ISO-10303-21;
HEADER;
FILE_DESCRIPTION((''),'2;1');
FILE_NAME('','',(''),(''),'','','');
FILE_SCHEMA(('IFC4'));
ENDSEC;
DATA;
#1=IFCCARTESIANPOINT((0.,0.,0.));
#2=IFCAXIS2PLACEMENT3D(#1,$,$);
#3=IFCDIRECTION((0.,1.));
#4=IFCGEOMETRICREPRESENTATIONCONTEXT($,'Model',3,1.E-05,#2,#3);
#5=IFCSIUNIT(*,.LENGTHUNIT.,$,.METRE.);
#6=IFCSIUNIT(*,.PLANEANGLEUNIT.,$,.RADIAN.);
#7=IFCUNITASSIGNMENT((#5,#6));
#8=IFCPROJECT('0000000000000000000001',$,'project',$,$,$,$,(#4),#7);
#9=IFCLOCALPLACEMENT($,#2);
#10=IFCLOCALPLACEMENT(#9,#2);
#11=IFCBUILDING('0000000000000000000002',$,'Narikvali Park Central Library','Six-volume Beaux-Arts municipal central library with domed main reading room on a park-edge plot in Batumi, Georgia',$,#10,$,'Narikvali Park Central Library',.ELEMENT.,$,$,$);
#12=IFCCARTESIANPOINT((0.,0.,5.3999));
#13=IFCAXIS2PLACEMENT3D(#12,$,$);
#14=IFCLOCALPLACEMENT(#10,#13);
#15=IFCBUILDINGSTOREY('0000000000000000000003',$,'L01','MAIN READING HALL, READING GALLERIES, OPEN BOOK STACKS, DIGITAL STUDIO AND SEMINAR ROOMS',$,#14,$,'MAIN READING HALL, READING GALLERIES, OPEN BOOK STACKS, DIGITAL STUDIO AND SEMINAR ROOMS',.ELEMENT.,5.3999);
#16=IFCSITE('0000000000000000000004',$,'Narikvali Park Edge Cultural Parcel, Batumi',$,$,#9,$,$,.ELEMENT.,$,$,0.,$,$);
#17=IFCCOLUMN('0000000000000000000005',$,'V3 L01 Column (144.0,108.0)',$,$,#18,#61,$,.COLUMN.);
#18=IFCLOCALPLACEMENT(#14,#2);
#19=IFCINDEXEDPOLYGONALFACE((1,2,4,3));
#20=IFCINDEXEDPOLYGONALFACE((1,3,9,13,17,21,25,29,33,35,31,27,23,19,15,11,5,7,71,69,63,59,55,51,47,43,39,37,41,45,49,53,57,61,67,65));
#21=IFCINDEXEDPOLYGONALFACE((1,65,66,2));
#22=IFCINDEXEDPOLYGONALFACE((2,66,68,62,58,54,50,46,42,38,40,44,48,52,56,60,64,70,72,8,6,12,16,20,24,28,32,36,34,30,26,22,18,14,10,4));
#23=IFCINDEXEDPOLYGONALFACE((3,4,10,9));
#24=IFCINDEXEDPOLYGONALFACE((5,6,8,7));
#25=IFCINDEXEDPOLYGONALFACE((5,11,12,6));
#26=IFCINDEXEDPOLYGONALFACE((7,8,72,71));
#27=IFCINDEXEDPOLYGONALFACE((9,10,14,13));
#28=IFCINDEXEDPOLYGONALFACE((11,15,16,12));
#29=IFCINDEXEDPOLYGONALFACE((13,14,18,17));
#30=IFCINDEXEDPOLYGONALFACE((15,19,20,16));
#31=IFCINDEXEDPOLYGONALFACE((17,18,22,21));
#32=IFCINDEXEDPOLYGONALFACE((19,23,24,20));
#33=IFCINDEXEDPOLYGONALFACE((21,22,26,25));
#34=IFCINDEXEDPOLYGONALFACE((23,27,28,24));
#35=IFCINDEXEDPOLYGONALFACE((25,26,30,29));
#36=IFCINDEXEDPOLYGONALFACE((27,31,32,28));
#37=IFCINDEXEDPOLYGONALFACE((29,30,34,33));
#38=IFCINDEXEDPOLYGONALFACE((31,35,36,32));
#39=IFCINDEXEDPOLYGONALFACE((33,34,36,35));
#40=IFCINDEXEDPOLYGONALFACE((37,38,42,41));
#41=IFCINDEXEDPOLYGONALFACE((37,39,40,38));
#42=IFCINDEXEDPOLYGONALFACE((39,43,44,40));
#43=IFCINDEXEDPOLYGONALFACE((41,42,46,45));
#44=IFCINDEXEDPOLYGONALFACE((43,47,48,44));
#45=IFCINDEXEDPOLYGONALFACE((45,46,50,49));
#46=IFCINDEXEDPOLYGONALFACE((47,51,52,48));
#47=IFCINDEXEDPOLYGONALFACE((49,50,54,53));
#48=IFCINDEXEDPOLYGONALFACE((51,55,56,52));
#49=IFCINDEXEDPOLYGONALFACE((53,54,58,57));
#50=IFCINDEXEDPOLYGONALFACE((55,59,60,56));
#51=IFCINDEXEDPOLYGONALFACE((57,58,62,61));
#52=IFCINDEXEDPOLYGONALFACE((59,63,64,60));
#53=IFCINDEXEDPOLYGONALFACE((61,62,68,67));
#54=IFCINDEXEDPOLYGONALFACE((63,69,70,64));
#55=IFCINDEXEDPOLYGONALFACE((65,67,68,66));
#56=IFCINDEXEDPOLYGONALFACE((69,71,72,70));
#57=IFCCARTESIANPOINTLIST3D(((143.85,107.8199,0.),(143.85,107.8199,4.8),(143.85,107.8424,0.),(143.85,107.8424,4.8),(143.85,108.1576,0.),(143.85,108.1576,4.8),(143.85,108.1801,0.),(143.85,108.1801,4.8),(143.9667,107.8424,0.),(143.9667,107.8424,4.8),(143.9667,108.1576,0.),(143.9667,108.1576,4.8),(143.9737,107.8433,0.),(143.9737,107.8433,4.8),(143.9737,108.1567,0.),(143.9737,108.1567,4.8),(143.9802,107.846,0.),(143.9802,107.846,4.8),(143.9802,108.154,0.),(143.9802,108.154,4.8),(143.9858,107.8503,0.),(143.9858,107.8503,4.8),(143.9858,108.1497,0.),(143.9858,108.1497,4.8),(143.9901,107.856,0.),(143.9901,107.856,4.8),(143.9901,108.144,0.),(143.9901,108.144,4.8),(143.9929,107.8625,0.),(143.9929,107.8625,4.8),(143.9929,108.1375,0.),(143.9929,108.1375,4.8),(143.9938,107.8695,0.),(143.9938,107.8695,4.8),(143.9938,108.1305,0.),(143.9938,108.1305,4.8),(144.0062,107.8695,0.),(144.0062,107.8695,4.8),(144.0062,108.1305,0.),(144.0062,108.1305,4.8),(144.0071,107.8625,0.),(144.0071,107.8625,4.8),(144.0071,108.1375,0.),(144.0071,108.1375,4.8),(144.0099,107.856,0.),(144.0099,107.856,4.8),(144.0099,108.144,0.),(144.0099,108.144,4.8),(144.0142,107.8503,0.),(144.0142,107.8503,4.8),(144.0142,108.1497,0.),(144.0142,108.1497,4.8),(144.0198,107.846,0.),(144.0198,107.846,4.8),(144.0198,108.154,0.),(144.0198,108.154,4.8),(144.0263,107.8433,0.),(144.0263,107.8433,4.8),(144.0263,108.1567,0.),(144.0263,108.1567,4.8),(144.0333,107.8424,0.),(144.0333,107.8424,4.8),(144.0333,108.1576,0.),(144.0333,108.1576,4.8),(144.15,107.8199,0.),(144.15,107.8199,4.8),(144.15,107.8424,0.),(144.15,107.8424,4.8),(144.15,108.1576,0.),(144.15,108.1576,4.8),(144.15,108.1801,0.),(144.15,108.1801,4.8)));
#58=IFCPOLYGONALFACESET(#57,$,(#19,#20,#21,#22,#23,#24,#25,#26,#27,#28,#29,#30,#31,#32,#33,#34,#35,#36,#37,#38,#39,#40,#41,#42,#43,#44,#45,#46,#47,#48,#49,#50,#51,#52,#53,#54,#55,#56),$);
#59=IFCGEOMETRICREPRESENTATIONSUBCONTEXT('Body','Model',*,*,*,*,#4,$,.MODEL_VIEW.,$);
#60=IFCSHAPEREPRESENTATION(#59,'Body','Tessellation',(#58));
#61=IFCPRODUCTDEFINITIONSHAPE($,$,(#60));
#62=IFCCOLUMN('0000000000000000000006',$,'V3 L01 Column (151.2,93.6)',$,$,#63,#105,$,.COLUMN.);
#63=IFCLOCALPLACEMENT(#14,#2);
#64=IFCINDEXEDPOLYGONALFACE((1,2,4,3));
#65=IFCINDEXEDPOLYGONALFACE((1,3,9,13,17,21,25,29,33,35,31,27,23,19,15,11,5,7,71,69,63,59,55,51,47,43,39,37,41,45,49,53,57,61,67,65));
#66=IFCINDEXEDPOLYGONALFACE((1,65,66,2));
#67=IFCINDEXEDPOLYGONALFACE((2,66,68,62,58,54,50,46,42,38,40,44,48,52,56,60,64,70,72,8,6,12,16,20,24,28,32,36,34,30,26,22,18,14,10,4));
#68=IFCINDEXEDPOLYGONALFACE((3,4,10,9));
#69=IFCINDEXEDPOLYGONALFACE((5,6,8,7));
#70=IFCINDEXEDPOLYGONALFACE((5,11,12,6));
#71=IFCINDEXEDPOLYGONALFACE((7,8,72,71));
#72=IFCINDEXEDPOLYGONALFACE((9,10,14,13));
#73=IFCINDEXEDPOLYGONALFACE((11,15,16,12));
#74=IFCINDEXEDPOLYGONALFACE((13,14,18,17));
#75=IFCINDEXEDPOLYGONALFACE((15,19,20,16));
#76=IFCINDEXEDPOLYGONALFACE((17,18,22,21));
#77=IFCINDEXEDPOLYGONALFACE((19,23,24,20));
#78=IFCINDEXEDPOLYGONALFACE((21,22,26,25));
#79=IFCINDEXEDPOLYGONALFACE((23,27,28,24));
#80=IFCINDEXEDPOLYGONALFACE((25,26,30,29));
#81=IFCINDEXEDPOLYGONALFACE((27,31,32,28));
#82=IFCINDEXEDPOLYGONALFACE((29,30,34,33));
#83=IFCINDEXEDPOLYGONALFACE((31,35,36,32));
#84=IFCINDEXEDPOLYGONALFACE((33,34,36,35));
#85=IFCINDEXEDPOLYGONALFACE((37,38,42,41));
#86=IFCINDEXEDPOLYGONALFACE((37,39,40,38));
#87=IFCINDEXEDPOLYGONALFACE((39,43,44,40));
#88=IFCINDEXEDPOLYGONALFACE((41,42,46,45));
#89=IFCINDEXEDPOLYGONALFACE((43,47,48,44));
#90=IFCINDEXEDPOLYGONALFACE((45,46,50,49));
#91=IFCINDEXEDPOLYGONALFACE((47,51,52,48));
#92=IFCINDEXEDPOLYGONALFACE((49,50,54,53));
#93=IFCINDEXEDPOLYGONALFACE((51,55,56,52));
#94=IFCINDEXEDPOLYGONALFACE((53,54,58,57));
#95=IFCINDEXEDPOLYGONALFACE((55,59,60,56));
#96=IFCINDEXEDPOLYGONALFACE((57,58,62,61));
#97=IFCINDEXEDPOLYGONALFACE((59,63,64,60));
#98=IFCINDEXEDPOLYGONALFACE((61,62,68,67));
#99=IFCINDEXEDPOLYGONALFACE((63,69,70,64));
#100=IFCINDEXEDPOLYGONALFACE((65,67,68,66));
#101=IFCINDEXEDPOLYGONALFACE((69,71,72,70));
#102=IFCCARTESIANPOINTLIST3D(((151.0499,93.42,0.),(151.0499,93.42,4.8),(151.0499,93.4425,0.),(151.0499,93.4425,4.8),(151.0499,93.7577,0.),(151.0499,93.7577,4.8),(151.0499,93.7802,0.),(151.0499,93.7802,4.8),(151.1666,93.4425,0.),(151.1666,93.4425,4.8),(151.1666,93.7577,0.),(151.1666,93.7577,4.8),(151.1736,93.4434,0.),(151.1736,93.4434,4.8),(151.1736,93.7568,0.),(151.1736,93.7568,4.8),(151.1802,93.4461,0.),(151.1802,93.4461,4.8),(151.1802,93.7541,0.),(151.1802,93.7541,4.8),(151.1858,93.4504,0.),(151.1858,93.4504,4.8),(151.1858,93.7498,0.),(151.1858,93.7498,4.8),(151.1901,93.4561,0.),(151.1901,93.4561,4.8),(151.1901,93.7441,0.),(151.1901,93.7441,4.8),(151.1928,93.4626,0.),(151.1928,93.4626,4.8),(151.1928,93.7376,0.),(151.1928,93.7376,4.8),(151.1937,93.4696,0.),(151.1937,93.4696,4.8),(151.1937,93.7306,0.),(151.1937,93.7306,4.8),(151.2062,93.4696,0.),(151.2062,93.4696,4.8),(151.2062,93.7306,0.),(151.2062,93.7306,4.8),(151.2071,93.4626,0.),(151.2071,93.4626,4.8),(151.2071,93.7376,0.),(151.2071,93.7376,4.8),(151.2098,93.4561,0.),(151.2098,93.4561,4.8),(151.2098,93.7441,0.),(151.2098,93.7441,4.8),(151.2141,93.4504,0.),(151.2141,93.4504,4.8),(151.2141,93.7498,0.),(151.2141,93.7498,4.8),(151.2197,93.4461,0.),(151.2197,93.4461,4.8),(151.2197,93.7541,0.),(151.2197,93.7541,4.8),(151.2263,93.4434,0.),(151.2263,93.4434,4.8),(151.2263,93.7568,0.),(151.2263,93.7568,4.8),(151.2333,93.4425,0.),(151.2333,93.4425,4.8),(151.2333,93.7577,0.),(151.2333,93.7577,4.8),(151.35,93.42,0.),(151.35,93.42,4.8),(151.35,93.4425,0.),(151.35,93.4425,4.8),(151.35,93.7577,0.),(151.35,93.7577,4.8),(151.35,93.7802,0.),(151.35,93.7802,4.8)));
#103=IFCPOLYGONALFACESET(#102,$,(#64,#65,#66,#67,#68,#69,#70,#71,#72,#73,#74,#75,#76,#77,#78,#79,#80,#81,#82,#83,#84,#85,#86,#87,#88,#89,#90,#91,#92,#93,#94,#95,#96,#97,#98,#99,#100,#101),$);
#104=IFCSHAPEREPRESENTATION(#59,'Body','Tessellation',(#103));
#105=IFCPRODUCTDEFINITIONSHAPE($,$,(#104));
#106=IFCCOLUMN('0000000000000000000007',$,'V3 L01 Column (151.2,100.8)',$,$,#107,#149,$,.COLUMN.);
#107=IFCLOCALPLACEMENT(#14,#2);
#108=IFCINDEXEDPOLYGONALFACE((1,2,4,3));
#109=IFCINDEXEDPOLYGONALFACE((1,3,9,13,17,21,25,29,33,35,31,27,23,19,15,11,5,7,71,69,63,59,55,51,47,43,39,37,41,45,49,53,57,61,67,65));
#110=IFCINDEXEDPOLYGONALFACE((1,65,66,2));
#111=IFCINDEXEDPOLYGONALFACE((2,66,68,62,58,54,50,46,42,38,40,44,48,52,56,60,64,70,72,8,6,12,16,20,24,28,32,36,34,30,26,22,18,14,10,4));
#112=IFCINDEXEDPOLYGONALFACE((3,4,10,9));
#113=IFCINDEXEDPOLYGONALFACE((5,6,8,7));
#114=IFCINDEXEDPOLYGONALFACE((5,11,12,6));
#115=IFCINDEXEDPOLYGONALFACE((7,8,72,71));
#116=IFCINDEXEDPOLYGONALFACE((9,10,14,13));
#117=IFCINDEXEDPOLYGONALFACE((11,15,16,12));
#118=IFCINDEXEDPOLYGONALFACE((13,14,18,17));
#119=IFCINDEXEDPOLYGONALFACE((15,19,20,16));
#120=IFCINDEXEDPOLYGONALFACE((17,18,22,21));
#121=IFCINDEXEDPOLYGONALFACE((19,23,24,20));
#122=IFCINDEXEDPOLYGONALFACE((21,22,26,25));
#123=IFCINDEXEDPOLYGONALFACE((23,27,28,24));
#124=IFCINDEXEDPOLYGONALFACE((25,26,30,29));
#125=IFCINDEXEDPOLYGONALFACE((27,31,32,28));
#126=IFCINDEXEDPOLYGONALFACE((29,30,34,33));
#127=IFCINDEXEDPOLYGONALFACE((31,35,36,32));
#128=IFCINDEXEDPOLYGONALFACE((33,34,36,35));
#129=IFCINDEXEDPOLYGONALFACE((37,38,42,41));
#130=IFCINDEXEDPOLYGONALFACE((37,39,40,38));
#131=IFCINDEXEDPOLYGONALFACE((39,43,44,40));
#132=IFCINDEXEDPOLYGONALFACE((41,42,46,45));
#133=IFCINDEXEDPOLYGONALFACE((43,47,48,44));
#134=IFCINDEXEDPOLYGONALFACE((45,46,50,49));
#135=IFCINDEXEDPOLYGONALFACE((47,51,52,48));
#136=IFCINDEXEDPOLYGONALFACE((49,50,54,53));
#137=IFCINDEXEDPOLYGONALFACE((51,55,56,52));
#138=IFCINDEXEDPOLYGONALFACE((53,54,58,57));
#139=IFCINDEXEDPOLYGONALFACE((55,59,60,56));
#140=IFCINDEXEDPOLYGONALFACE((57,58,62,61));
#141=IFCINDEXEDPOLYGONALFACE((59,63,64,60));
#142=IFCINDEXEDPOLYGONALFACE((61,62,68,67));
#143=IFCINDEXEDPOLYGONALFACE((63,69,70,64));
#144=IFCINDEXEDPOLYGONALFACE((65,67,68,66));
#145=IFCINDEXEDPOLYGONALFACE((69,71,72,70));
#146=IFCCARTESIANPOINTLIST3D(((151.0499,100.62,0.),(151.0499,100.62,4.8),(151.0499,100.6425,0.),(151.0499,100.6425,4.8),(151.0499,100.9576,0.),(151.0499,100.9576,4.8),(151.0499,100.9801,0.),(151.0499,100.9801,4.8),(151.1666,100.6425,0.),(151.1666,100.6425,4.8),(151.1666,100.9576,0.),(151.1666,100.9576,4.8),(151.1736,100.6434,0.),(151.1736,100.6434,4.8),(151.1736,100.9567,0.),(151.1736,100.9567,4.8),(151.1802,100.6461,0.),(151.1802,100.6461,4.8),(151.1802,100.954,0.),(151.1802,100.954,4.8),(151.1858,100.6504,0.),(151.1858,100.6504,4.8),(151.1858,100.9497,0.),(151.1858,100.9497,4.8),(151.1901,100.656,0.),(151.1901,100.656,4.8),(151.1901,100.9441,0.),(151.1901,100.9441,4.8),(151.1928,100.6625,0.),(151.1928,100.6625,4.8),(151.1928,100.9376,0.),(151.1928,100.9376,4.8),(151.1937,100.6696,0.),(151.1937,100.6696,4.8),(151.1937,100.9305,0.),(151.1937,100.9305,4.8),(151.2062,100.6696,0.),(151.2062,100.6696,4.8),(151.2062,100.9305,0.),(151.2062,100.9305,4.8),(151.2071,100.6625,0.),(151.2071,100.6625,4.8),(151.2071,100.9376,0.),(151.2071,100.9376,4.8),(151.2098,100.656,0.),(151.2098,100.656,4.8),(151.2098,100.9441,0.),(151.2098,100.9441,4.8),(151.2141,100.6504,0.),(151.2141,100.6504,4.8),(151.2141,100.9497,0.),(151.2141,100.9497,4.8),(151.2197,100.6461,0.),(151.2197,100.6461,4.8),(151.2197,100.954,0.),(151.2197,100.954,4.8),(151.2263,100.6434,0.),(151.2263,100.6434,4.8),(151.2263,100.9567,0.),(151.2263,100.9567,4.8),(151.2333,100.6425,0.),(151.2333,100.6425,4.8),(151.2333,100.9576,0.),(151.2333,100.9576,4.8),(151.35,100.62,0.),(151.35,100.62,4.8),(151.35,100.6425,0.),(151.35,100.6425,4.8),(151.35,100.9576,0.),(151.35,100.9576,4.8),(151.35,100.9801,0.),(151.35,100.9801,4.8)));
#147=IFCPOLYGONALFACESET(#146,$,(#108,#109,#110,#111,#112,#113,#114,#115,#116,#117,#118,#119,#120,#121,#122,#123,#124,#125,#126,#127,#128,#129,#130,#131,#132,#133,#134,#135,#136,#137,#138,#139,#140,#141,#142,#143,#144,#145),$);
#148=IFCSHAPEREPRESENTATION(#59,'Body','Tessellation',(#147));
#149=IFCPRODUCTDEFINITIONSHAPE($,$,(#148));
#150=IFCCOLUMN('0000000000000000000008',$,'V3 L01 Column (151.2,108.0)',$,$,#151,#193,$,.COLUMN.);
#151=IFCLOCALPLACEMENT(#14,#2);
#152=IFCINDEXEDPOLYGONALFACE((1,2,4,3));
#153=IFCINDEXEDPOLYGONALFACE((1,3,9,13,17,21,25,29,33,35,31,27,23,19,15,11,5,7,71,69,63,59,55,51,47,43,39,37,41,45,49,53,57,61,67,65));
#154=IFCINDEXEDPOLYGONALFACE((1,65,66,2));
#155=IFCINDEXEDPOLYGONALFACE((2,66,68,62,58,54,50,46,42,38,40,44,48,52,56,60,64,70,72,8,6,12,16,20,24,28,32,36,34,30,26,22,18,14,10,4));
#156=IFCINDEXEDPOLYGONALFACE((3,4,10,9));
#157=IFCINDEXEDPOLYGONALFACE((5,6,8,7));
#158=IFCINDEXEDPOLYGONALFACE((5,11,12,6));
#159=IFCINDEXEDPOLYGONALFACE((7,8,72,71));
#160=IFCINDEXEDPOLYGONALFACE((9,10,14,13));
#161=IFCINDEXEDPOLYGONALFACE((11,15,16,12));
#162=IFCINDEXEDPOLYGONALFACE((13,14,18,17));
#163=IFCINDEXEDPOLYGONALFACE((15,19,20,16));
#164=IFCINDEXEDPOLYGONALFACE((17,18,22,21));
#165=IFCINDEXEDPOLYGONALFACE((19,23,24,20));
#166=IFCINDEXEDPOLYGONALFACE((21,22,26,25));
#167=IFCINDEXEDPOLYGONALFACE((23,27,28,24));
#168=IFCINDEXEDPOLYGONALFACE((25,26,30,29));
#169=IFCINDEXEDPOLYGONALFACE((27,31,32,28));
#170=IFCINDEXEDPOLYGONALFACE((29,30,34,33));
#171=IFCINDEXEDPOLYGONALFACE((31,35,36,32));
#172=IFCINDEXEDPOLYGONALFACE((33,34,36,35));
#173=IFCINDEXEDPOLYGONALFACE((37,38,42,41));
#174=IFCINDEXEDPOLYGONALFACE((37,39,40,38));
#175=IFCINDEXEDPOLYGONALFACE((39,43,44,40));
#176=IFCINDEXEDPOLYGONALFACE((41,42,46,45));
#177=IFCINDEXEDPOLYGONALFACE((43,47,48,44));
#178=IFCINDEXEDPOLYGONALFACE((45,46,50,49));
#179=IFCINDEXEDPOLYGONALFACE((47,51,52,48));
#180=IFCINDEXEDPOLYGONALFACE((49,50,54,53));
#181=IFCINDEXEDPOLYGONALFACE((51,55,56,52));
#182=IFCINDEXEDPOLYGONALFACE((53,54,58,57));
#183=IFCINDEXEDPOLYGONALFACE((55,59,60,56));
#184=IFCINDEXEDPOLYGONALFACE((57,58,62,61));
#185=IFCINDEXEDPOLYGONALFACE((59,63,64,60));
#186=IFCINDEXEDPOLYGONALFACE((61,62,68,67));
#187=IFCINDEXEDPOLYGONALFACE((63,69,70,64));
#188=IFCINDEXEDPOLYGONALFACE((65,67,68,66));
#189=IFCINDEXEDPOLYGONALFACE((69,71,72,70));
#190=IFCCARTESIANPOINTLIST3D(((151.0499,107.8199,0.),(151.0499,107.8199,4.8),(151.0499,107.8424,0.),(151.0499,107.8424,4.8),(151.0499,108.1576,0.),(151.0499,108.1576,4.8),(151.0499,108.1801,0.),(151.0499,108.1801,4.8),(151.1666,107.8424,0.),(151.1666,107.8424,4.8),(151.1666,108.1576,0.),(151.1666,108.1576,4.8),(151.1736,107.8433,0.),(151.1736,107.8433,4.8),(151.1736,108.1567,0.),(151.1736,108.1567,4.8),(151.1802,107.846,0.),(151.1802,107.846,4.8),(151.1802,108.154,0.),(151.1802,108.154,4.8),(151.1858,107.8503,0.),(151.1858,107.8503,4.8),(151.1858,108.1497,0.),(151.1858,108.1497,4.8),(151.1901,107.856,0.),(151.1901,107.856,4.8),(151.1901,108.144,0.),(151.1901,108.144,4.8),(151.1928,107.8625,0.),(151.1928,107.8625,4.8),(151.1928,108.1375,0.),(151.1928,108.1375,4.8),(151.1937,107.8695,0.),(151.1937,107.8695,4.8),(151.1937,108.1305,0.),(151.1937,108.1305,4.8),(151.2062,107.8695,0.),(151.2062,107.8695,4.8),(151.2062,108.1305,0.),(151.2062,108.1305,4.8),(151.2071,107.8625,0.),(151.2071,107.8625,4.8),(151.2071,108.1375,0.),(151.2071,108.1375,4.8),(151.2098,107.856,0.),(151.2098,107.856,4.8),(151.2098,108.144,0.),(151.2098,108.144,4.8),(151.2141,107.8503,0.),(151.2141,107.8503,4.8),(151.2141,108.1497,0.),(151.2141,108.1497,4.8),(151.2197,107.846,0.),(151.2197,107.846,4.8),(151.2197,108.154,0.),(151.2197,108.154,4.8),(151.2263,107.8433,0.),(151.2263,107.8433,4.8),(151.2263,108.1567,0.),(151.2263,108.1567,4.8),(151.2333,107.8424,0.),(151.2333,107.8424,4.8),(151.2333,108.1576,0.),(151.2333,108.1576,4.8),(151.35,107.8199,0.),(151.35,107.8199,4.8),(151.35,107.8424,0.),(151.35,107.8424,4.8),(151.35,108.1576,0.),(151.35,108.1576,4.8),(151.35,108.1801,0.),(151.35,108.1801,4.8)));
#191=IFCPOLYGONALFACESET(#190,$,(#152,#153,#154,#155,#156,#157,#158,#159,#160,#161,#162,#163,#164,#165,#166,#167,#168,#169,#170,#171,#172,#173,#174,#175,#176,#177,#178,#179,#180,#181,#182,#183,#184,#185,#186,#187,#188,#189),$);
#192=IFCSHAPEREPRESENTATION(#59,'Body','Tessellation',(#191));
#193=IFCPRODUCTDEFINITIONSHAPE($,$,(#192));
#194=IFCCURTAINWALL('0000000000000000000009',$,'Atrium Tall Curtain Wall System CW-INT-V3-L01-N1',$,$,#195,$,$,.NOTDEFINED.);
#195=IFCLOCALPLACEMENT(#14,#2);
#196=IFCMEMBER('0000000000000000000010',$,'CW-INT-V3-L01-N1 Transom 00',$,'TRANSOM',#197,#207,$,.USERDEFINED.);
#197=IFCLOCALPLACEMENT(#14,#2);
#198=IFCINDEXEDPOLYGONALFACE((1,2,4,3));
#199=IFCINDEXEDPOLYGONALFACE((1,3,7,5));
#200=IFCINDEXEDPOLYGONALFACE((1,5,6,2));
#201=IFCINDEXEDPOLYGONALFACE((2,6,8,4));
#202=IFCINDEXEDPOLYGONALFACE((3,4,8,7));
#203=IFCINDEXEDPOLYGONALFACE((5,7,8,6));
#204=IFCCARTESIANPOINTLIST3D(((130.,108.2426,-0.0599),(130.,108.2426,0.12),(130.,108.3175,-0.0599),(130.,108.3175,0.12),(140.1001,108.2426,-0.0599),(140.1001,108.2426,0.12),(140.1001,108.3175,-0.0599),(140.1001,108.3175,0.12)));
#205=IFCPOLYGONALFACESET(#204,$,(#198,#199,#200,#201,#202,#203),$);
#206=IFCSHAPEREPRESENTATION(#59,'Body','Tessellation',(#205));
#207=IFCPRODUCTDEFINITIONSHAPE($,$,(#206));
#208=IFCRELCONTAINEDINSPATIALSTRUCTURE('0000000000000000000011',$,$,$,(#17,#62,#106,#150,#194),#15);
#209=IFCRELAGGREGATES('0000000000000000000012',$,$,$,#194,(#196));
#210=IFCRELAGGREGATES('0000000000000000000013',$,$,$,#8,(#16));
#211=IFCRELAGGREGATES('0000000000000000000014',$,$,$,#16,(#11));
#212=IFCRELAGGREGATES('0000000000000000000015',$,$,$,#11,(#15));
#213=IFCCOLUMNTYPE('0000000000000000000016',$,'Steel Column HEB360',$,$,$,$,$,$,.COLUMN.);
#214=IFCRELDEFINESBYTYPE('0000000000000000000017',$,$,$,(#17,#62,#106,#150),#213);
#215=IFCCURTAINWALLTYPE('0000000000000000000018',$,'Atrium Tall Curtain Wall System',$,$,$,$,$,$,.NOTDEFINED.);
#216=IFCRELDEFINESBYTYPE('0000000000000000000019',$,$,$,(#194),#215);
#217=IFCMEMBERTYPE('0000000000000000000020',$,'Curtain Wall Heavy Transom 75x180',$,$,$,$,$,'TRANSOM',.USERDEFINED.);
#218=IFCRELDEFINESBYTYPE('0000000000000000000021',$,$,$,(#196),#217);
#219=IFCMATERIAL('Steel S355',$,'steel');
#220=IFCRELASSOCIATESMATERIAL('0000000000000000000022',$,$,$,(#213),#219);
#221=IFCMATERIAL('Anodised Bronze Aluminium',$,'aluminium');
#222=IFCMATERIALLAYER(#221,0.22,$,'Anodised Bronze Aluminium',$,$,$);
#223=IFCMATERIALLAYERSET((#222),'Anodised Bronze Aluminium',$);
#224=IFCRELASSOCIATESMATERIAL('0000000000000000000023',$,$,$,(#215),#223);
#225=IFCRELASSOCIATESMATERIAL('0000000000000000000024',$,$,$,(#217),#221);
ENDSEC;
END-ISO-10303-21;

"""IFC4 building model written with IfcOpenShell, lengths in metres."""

from ifc_helpers import new_model, si_unit, direction, frame, origin, origin_2d, place, context, subcontext, project, spatial, rectangle, i_section, extrude, material, layer, layer_set, material_profile, profile_set, type_object, element, aggregate, save


model = new_model("IFC4")

# Units and contexts
model_context = context("Model", 3, precision=1e-05, world=origin(), true_north=direction((0.0, 1.0)))
body_context = subcontext(model_context, "Body", "Model", "MODEL_VIEW")
ifc_project = project(units=[si_unit("LENGTHUNIT", "METRE"), si_unit("PLANEANGLEUNIT", "RADIAN")], contexts=[model_context])

# Site, building, storey
site_placement = place(None, origin())
site = spatial("IfcSite", under=ifc_project, at=site_placement, Name="Narikvali Park Edge Cultural Parcel, Batumi", CompositionType="ELEMENT", RefElevation=0.0)
building_placement = place(site_placement, origin())
building = spatial("IfcBuilding", under=site, at=building_placement, Name="Narikvali Park Central Library", Description="Six-volume Beaux-Arts municipal central library with domed main reading room on a park-edge plot in Batumi, Georgia", LongName="Narikvali Park Central Library", CompositionType="ELEMENT")
storey_placement = place(building_placement, frame((0.0, 0.0, 5.3999)))
storey = spatial("IfcBuildingStorey", under=building, at=storey_placement, Name="L01", Description="MAIN READING HALL, READING GALLERIES, OPEN BOOK STACKS, DIGITAL STUDIO AND SEMINAR ROOMS", LongName="MAIN READING HALL, READING GALLERIES, OPEN BOOK STACKS, DIGITAL STUDIO AND SEMINAR ROOMS", CompositionType="ELEMENT", Elevation=5.3999)

# Columns
ifc_material_1 = material(Name="Steel S355", Category="steel")
ifc_material_profile_1 = material_profile(ifc_material_1, i_section(OverallWidth=0.3, OverallDepth=0.3601, WebThickness=0.0125, FlangeThickness=0.0225, FilletRadius=0.0271, at=origin_2d()), Name="HEB 360")
ifc_profile_set_1 = profile_set([ifc_material_profile_1], Name="Steel S355")
column_type = type_object("IfcColumnType", Name="Steel Column HEB360", PredefinedType="COLUMN", material=ifc_profile_set_1)
for number, where, z_axis, x_axis, name in (
    (1, (144.0, 108.0, 0.0), (0.0, 0.0, 1.0), (1.0, 0.0, 0.0), "V3 L01 Column (144.0,108.0)"),
    (2, (151.2, 93.6001, 0.0), (0.0, 0.0, 1.0), (1.0, 0.0, 0.0), "V3 L01 Column (151.2,93.6)"),
    (3, (151.2, 100.8, 0.0), (0.0, 0.0, 1.0), (1.0, 0.0, 0.0), "V3 L01 Column (151.2,100.8)"),
    (4, (151.2, 108.0, 0.0), (0.0, 0.0, 1.0), (1.0, 0.0, 0.0), "V3 L01 Column (151.2,108.0)"),
):
    element("IfcColumn", number, at=place(storey_placement, frame(where, z_axis=z_axis, x_axis=x_axis)), inside=storey, type_object=column_type, Name=name, PredefinedType="COLUMN", context=body_context, shape_type="SweptSolid", body=[
        extrude(i_section(OverallWidth=0.3, OverallDepth=0.3601, WebThickness=0.0125, FlangeThickness=0.0225, FilletRadius=0.0271, at=origin_2d()), origin(), (0.0, 0.0, 1.0), 4.8),
    ])

# Curtain wall, member
ifc_material_2 = material(Name="Anodised Bronze Aluminium", Category="aluminium")
ifc_layer_1 = layer(ifc_material_2, 0.22, Name="Anodised Bronze Aluminium")
ifc_layer_set_1 = layer_set([ifc_layer_1], Name="Anodised Bronze Aluminium")
curtain_wall_type = type_object("IfcCurtainWallType", Name="Atrium Tall Curtain Wall System", PredefinedType="NOTDEFINED", material=ifc_layer_set_1)
curtain_wall_1_placement = place(storey_placement, origin())
curtain_wall_1 = element("IfcCurtainWall", 5, at=curtain_wall_1_placement, inside=storey, type_object=curtain_wall_type, Name="Atrium Tall Curtain Wall System CW-INT-V3-L01-N1", PredefinedType="NOTDEFINED")
ifc_material_profile_2 = material_profile(ifc_material_2, rectangle(XDim=0.075, YDim=0.1799, at=origin_2d()), Name="CW TRANSOM 75x180")
ifc_profile_set_2 = profile_set([ifc_material_profile_2], Name="Anodised Bronze Aluminium")
member_type_1 = type_object("IfcMemberType", Name="Curtain Wall Heavy Transom 75x180", ElementType="TRANSOM", PredefinedType="USERDEFINED", material=ifc_profile_set_2)
member_1_placement = place(storey_placement, frame((130.0, 108.28, 0.03), z_axis=(1.0, 0.0, 0.0), x_axis=(0.0, 1.0, 0.0)))
member_1 = element("IfcMember", 6, at=member_1_placement, type_object=member_type_1, Name="CW-INT-V3-L01-N1 Transom 00", ObjectType="TRANSOM", PredefinedType="USERDEFINED", context=body_context, shape_type="SweptSolid", body=[
    extrude(rectangle(XDim=0.075, YDim=0.1799, at=origin_2d()), origin(), (0.0, 0.0, 1.0), 10.1001),
])

aggregate(curtain_wall_1, [member_1])

save(model, "model.ifc")
